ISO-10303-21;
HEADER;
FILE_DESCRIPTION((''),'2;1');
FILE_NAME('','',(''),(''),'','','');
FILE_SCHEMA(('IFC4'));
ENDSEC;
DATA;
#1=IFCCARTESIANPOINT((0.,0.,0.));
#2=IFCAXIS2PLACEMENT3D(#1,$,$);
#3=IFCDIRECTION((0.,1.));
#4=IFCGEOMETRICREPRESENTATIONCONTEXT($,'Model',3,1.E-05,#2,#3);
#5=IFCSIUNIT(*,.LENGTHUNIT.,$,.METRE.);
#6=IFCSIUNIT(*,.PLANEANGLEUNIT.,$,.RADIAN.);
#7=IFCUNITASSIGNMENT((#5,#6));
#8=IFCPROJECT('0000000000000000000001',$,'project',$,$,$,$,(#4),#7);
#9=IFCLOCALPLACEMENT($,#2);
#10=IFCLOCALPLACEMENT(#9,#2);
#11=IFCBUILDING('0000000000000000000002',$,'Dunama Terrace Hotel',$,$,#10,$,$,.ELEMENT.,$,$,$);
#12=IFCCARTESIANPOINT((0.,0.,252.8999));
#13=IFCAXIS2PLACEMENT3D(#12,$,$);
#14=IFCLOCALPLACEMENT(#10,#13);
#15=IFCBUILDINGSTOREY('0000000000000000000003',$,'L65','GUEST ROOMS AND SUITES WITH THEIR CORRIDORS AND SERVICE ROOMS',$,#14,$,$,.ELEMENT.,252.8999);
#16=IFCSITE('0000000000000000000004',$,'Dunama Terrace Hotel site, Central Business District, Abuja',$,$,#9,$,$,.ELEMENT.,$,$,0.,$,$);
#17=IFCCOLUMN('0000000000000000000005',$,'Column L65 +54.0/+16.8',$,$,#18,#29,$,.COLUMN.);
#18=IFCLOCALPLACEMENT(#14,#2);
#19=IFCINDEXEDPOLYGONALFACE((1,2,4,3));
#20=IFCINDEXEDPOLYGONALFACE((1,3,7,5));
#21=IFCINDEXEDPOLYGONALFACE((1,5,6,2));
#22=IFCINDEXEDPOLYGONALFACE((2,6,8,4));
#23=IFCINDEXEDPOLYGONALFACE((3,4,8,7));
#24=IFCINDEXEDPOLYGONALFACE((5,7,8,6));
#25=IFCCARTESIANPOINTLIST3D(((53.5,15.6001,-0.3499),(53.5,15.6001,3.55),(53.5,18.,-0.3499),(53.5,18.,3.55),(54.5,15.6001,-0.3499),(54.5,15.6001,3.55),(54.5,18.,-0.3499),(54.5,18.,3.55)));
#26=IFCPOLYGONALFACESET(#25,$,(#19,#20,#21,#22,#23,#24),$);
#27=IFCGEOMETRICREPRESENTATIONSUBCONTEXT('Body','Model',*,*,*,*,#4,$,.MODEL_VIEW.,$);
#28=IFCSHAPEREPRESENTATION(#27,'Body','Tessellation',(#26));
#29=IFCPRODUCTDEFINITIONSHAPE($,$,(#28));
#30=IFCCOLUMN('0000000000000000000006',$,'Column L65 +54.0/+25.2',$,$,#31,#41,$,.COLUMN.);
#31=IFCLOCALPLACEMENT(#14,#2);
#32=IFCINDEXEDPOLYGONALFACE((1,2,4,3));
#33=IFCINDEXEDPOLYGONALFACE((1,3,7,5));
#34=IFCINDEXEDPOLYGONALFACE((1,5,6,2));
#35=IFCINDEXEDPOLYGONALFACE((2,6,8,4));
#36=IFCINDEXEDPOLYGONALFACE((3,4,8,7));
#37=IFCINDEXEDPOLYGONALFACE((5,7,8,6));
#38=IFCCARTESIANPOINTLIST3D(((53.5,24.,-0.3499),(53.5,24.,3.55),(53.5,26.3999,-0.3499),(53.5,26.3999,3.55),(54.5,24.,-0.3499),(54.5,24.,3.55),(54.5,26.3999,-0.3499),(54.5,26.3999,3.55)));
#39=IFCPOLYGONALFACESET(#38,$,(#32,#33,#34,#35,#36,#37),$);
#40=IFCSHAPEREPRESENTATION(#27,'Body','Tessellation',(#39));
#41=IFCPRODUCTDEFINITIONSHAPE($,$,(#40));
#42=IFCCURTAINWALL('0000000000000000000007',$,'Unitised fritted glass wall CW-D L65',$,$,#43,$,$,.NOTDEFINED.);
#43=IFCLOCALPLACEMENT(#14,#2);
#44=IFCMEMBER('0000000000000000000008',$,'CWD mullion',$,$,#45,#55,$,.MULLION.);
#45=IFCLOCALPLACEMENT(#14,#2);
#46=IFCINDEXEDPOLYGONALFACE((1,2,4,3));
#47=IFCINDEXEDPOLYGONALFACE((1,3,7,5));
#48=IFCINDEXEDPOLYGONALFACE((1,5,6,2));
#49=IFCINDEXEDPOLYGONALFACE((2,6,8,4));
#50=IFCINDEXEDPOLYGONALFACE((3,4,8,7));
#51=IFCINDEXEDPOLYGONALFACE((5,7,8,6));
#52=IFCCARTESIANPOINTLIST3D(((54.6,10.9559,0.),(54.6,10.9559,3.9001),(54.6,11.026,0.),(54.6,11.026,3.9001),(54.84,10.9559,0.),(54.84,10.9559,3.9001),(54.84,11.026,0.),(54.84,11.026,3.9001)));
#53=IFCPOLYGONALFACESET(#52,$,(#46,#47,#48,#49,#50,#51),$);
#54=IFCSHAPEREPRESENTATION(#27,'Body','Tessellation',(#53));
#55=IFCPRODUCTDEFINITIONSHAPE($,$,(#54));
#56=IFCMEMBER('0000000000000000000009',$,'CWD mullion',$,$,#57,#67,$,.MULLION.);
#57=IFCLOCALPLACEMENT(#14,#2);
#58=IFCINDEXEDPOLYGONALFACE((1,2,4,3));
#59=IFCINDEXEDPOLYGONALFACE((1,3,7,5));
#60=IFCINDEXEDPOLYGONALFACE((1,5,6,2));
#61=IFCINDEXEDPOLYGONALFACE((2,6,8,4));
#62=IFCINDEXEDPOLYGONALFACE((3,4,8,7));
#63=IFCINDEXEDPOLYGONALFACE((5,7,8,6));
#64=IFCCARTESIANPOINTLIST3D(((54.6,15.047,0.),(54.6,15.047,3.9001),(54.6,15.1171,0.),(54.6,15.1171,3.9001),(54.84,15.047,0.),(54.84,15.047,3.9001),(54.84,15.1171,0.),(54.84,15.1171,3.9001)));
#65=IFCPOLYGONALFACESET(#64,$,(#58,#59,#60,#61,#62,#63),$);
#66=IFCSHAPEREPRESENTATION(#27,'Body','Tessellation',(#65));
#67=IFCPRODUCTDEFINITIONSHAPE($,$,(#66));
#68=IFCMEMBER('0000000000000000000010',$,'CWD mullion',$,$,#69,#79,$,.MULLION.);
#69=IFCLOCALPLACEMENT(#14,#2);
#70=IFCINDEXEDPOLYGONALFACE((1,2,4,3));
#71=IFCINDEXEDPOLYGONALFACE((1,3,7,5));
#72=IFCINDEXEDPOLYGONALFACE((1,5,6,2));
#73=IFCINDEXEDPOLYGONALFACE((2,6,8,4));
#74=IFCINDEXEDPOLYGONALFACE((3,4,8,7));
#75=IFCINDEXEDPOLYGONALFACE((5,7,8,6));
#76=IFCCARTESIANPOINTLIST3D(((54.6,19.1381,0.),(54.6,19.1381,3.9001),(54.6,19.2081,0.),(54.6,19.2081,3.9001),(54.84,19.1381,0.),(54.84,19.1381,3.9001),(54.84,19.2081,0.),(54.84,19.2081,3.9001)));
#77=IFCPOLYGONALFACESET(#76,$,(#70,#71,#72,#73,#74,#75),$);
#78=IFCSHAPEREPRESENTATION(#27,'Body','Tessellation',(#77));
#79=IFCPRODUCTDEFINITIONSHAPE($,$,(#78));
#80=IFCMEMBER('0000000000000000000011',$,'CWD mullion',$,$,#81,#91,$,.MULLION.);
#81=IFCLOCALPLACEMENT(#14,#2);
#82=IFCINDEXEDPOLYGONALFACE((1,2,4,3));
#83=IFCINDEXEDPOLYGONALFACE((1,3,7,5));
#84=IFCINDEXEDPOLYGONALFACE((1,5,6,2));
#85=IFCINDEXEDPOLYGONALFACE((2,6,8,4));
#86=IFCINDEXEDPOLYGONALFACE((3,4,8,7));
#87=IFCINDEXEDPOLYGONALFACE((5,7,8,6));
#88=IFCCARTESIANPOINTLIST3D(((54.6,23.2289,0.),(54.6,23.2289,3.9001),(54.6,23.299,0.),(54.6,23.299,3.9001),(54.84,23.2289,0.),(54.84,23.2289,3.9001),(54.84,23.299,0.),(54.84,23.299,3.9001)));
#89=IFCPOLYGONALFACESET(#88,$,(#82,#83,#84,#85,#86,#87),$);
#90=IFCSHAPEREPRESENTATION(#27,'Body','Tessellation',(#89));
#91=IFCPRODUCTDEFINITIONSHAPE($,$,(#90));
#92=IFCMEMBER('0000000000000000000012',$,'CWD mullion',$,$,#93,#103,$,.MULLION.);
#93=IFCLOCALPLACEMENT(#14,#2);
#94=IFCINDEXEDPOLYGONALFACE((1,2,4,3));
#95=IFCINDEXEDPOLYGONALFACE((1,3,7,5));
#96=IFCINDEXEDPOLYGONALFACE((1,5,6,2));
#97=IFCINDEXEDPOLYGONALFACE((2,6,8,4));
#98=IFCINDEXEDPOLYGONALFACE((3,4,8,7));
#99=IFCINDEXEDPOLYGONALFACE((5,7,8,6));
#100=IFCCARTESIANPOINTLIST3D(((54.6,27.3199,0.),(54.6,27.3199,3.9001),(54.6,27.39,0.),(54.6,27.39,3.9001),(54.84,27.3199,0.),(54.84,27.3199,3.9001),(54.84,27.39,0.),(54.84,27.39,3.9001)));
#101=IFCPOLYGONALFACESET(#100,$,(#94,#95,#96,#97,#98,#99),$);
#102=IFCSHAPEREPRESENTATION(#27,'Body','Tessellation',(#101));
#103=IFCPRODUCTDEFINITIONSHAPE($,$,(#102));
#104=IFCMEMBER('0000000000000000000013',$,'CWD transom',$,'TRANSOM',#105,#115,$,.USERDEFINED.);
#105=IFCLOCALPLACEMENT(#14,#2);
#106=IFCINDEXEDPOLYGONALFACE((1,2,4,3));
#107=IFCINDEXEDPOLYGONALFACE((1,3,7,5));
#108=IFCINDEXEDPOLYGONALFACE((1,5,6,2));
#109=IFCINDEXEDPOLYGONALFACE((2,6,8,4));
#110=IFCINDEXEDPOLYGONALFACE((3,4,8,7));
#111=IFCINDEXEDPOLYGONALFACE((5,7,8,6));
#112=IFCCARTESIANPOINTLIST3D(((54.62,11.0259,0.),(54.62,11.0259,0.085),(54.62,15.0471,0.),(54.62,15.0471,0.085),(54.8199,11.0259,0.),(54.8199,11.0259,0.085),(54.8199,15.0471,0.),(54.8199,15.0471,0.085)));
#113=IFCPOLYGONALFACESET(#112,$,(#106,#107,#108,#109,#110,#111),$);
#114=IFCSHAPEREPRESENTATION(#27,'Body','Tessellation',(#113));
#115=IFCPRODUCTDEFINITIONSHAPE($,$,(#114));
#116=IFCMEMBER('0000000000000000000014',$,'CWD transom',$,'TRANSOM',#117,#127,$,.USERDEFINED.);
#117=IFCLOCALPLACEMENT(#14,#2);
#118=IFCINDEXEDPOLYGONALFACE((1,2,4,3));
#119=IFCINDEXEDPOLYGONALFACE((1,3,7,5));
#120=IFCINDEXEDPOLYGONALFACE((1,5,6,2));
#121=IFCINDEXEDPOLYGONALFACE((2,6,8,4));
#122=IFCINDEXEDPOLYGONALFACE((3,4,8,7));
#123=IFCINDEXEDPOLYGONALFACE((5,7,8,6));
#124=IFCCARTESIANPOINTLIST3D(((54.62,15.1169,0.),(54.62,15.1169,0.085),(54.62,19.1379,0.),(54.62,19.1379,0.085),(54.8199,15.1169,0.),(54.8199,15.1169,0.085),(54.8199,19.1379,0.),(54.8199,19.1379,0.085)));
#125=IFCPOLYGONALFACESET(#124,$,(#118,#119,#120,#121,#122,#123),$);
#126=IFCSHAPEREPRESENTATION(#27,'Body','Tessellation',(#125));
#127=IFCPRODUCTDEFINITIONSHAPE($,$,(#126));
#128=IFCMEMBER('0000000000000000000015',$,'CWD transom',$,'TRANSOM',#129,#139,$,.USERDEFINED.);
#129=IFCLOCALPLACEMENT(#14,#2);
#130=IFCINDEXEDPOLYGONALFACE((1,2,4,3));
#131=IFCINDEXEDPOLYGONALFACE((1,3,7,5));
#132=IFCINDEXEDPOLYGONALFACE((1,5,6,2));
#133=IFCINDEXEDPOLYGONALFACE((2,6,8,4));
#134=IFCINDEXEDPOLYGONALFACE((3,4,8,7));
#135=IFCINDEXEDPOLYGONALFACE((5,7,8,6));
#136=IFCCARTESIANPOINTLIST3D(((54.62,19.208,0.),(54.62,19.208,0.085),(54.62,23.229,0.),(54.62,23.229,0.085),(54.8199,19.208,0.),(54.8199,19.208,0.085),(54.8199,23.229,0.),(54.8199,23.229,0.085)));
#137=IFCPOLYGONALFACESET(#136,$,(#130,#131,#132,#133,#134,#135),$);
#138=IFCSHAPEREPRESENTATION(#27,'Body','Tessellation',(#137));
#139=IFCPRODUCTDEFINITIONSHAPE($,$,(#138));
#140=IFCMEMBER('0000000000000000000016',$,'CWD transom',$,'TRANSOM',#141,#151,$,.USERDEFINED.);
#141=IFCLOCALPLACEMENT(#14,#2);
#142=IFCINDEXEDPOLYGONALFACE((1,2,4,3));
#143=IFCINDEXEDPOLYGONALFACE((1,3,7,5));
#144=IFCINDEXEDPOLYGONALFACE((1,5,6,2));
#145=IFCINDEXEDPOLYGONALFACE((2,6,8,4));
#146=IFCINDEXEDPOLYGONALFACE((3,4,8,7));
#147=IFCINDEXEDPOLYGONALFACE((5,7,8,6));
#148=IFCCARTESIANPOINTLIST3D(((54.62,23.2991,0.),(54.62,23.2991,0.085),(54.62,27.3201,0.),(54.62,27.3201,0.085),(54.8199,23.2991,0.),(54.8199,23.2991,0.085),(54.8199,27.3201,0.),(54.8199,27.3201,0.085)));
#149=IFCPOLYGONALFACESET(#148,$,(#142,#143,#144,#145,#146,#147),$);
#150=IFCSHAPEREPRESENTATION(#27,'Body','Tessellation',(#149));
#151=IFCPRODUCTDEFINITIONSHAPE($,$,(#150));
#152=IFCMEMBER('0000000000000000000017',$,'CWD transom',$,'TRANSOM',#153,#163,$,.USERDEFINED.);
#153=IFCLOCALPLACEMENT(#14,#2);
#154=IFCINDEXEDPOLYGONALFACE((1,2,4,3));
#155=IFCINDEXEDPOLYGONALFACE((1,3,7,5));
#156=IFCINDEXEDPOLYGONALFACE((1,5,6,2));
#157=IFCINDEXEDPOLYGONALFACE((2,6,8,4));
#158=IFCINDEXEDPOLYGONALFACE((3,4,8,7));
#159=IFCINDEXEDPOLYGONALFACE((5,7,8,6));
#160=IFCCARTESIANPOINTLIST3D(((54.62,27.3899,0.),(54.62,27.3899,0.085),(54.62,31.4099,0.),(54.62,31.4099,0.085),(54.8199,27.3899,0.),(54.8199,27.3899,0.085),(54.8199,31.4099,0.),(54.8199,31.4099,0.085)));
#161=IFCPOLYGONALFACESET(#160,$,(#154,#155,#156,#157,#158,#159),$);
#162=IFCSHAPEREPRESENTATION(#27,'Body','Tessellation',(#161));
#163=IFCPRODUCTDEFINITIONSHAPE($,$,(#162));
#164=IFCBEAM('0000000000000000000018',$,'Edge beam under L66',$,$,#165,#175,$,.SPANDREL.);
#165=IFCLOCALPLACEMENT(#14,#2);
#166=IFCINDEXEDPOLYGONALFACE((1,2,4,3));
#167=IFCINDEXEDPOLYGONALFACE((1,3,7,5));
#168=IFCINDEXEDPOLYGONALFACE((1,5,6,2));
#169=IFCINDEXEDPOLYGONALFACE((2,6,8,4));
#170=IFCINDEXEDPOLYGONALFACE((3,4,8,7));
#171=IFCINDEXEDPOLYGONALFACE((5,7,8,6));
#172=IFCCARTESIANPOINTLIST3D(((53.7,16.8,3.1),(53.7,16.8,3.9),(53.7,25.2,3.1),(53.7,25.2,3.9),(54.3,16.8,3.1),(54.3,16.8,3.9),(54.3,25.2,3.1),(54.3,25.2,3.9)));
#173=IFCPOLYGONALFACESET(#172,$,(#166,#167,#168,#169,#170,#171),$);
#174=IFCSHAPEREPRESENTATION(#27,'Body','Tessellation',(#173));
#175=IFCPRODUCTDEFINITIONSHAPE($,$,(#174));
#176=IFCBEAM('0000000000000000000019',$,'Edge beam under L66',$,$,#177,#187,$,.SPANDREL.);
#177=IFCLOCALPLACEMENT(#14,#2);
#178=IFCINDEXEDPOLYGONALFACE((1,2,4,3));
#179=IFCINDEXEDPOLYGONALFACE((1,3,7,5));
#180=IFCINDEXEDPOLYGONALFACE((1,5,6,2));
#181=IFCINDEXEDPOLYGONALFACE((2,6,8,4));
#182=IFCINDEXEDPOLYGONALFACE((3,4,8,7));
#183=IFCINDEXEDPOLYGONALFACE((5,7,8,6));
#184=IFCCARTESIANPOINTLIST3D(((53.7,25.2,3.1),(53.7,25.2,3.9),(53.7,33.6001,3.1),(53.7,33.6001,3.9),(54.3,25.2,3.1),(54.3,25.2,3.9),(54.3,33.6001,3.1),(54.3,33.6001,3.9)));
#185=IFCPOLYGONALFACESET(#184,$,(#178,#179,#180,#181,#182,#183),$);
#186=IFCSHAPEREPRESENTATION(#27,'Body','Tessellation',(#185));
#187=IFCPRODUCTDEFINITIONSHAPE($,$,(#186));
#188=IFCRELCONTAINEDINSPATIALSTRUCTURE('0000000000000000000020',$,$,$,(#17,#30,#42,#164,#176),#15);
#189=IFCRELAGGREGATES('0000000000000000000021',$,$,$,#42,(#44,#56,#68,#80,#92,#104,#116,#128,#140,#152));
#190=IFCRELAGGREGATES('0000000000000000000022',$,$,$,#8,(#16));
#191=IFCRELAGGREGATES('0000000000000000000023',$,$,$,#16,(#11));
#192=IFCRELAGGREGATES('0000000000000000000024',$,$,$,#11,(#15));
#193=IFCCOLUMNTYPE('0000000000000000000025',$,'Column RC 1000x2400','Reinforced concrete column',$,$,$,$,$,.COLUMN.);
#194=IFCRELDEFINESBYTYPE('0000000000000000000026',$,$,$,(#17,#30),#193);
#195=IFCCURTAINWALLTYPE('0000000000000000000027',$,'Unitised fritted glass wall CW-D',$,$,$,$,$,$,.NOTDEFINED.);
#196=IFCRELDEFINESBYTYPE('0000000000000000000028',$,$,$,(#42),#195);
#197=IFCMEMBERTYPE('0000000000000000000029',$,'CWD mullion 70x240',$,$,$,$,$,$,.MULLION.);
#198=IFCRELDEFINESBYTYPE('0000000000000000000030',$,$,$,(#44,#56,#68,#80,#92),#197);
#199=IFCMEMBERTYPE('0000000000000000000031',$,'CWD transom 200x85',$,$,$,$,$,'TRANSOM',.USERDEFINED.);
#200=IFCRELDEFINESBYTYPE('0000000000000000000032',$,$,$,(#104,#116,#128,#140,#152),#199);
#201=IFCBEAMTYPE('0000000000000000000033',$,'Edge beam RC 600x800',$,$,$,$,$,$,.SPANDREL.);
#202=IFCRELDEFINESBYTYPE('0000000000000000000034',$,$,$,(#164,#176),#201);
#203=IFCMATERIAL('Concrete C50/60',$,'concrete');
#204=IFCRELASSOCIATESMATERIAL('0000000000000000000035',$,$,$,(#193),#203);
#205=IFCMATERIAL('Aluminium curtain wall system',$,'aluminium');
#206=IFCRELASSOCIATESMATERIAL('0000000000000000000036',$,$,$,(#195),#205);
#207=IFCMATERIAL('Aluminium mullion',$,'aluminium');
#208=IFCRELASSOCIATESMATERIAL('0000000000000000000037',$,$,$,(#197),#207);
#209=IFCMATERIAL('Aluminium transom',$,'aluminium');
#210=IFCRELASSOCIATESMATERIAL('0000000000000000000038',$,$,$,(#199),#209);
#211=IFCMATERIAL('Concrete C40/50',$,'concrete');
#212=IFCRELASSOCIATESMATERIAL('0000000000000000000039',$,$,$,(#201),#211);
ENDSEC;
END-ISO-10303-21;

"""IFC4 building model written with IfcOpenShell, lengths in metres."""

from ifc_helpers import new_model, si_unit, direction, frame, origin, origin_2d, place, context, subcontext, project, spatial, rectangle, extrude, material, material_profile, profile_set, type_object, element, aggregate, save


model = new_model("IFC4")

# Units and contexts
model_context = context("Model", 3, precision=1e-05, world=origin(), true_north=direction((0.0, 1.0)))
body_context = subcontext(model_context, "Body", "Model", "MODEL_VIEW")
ifc_project = project(units=[si_unit("LENGTHUNIT", "METRE"), si_unit("PLANEANGLEUNIT", "RADIAN")], contexts=[model_context])

# Site, building, storey
site_placement = place(None, origin())
site = spatial("IfcSite", under=ifc_project, at=site_placement, Name="Dunama Terrace Hotel site, Central Business District, Abuja", CompositionType="ELEMENT", RefElevation=0.0)
building_placement = place(site_placement, origin())
building = spatial("IfcBuilding", under=site, at=building_placement, Name="Dunama Terrace Hotel", CompositionType="ELEMENT")
storey_placement = place(building_placement, frame((0.0, 0.0, 252.8999)))
storey = spatial("IfcBuildingStorey", under=building, at=storey_placement, Name="L65", Description="GUEST ROOMS AND SUITES WITH THEIR CORRIDORS AND SERVICE ROOMS", CompositionType="ELEMENT", Elevation=252.8999)

# Columns
ifc_material_1 = material(Name="Concrete C50/60", Category="concrete")
ifc_material_profile_1 = material_profile(ifc_material_1, rectangle(XDim=1.0, YDim=2.3999, at=origin_2d()), Name="RC 1000x2400")
ifc_profile_set_1 = profile_set([ifc_material_profile_1], Name="Concrete C50/60")
column_type = type_object("IfcColumnType", Name="Column RC 1000x2400", Description="Reinforced concrete column", PredefinedType="COLUMN", material=ifc_profile_set_1)
for number, where, z_axis, x_axis, name in (
    (1, (54.0, 16.8, -0.3499), (0.0, 0.0, 1.0), (1.0, 0.0, 0.0), "Column L65 +54.0/+16.8"),
    (2, (54.0, 25.2, -0.3499), (0.0, 0.0, 1.0), (1.0, 0.0, 0.0), "Column L65 +54.0/+25.2"),
):
    element("IfcColumn", number, at=place(storey_placement, frame(where, z_axis=z_axis, x_axis=x_axis)), inside=storey, type_object=column_type, Name=name, PredefinedType="COLUMN", context=body_context, shape_type="SweptSolid", body=[
        extrude(rectangle(XDim=1.0, YDim=2.3999, at=origin_2d()), origin(), (0.0, 0.0, 1.0), 3.8999),
    ])

# Curtain wall, members
ifc_material_2 = material(Name="Aluminium curtain wall system", Category="aluminium")
curtain_wall_type = type_object("IfcCurtainWallType", Name="Unitised fritted glass wall CW-D", PredefinedType="NOTDEFINED", material=ifc_material_2)
curtain_wall_placement = place(storey_placement, origin())
curtain_wall = element("IfcCurtainWall", 3, at=curtain_wall_placement, inside=storey, type_object=curtain_wall_type, Name="Unitised fritted glass wall CW-D L65", PredefinedType="NOTDEFINED")
ifc_material_3 = material(Name="Aluminium mullion", Category="aluminium")
ifc_material_profile_2 = material_profile(ifc_material_3, rectangle(XDim=0.0701, YDim=0.24, at=origin_2d()), Name="CWD MULLION 70X240")
ifc_profile_set_2 = profile_set([ifc_material_profile_2], Name="Aluminium mullion")
member_type_1 = type_object("IfcMemberType", Name="CWD mullion 70x240", PredefinedType="MULLION", material=ifc_profile_set_2)
member_1_placement = place(storey_placement, frame((54.72, 10.991, 0.0), z_axis=(0.0, 0.0, 1.0), x_axis=(0.0, 1.0, 0.0)))
member_1 = element("IfcMember", 4, at=member_1_placement, type_object=member_type_1, Name="CWD mullion", PredefinedType="MULLION", context=body_context, shape_type="SweptSolid", body=[
    extrude(rectangle(XDim=0.0701, YDim=0.24, at=origin_2d()), origin(), (0.0, 0.0, 1.0), 3.9001),
])
member_2_placement = place(storey_placement, frame((54.72, 15.082, 0.0), z_axis=(0.0, 0.0, 1.0), x_axis=(0.0, 1.0, 0.0)))
member_2 = element("IfcMember", 5, at=member_2_placement, type_object=member_type_1, Name="CWD mullion", PredefinedType="MULLION", context=body_context, shape_type="SweptSolid", body=[
    extrude(rectangle(XDim=0.0701, YDim=0.24, at=origin_2d()), origin(), (0.0, 0.0, 1.0), 3.9001),
])
member_3_placement = place(storey_placement, frame((54.72, 19.1731, 0.0), z_axis=(0.0, 0.0, 1.0), x_axis=(0.0, 1.0, 0.0)))
member_3 = element("IfcMember", 6, at=member_3_placement, type_object=member_type_1, Name="CWD mullion", PredefinedType="MULLION", context=body_context, shape_type="SweptSolid", body=[
    extrude(rectangle(XDim=0.0701, YDim=0.24, at=origin_2d()), origin(), (0.0, 0.0, 1.0), 3.9001),
])
member_4_placement = place(storey_placement, frame((54.72, 23.2639, 0.0), z_axis=(0.0, 0.0, 1.0), x_axis=(0.0, 1.0, 0.0)))
member_4 = element("IfcMember", 7, at=member_4_placement, type_object=member_type_1, Name="CWD mullion", PredefinedType="MULLION", context=body_context, shape_type="SweptSolid", body=[
    extrude(rectangle(XDim=0.0701, YDim=0.24, at=origin_2d()), origin(), (0.0, 0.0, 1.0), 3.9001),
])
member_5_placement = place(storey_placement, frame((54.72, 27.355, 0.0), z_axis=(0.0, 0.0, 1.0), x_axis=(0.0, 1.0, 0.0)))
member_5 = element("IfcMember", 8, at=member_5_placement, type_object=member_type_1, Name="CWD mullion", PredefinedType="MULLION", context=body_context, shape_type="SweptSolid", body=[
    extrude(rectangle(XDim=0.0701, YDim=0.24, at=origin_2d()), origin(), (0.0, 0.0, 1.0), 3.9001),
])
ifc_material_4 = material(Name="Aluminium transom", Category="aluminium")
ifc_material_profile_3 = material_profile(ifc_material_4, rectangle(XDim=0.2, YDim=0.085, at=origin_2d()), Name="CWD TRANSOM 200X85")
ifc_profile_set_3 = profile_set([ifc_material_profile_3], Name="Aluminium transom")
member_type_2 = type_object("IfcMemberType", Name="CWD transom 200x85", ElementType="TRANSOM", PredefinedType="USERDEFINED", material=ifc_profile_set_3)
member_6_placement = place(storey_placement, frame((54.72, 11.0259, 0.0425), z_axis=(0.0, 1.0, 0.0), x_axis=(-1.0, 0.0, 0.0)))
member_6 = element("IfcMember", 9, at=member_6_placement, type_object=member_type_2, Name="CWD transom", ObjectType="TRANSOM", PredefinedType="USERDEFINED", context=body_context, shape_type="SweptSolid", body=[
    extrude(rectangle(XDim=0.2, YDim=0.085, at=origin_2d()), origin(), (0.0, 0.0, 1.0), 4.0212),
])
member_7_placement = place(storey_placement, frame((54.72, 15.1169, 0.0425), z_axis=(0.0, 1.0, 0.0), x_axis=(-1.0, 0.0, 0.0)))
member_7 = element("IfcMember", 10, at=member_7_placement, type_object=member_type_2, Name="CWD transom", ObjectType="TRANSOM", PredefinedType="USERDEFINED", context=body_context, shape_type="SweptSolid", body=[
    extrude(rectangle(XDim=0.2, YDim=0.085, at=origin_2d()), origin(), (0.0, 0.0, 1.0), 4.021),
])
member_8_placement = place(storey_placement, frame((54.72, 19.208, 0.0425), z_axis=(0.0, 1.0, 0.0), x_axis=(-1.0, 0.0, 0.0)))
member_8 = element("IfcMember", 11, at=member_8_placement, type_object=member_type_2, Name="CWD transom", ObjectType="TRANSOM", PredefinedType="USERDEFINED", context=body_context, shape_type="SweptSolid", body=[
    extrude(rectangle(XDim=0.2, YDim=0.085, at=origin_2d()), origin(), (0.0, 0.0, 1.0), 4.021),
])
member_9_placement = place(storey_placement, frame((54.72, 23.2991, 0.0425), z_axis=(0.0, 1.0, 0.0), x_axis=(-1.0, 0.0, 0.0)))
member_9 = element("IfcMember", 12, at=member_9_placement, type_object=member_type_2, Name="CWD transom", ObjectType="TRANSOM", PredefinedType="USERDEFINED", context=body_context, shape_type="SweptSolid", body=[
    extrude(rectangle(XDim=0.2, YDim=0.085, at=origin_2d()), origin(), (0.0, 0.0, 1.0), 4.021),
])
member_10_placement = place(storey_placement, frame((54.72, 27.3899, 0.0425), z_axis=(0.0, 1.0, 0.0), x_axis=(-1.0, 0.0, 0.0)))
member_10 = element("IfcMember", 13, at=member_10_placement, type_object=member_type_2, Name="CWD transom", ObjectType="TRANSOM", PredefinedType="USERDEFINED", context=body_context, shape_type="SweptSolid", body=[
    extrude(rectangle(XDim=0.2, YDim=0.085, at=origin_2d()), origin(), (0.0, 0.0, 1.0), 4.02),
])

# Beams
ifc_material_5 = material(Name="Concrete C40/50", Category="concrete")
ifc_material_profile_4 = material_profile(ifc_material_5, rectangle(XDim=0.6001, YDim=0.8, at=origin_2d()), Name="RC 600x800")
ifc_profile_set_4 = profile_set([ifc_material_profile_4], Name="Concrete C40/50")
beam_type = type_object("IfcBeamType", Name="Edge beam RC 600x800", PredefinedType="SPANDREL", material=ifc_profile_set_4)
beam_1_placement = place(storey_placement, frame((54.0, 16.8, 3.5), z_axis=(0.0, 1.0, 0.0), x_axis=(-1.0, 0.0, 0.0)))
element("IfcBeam", 14, at=beam_1_placement, inside=storey, type_object=beam_type, Name="Edge beam under L66", PredefinedType="SPANDREL", context=body_context, shape_type="SweptSolid", body=[
    extrude(rectangle(XDim=0.6001, YDim=0.8, at=origin_2d()), origin(), (0.0, 0.0, 1.0), 8.3999),
])
beam_2_placement = place(storey_placement, frame((54.0, 25.2, 3.5), z_axis=(0.0, 1.0, 0.0), x_axis=(-1.0, 0.0, 0.0)))
element("IfcBeam", 15, at=beam_2_placement, inside=storey, type_object=beam_type, Name="Edge beam under L66", PredefinedType="SPANDREL", context=body_context, shape_type="SweptSolid", body=[
    extrude(rectangle(XDim=0.6001, YDim=0.8, at=origin_2d()), origin(), (0.0, 0.0, 1.0), 8.4001),
])

aggregate(curtain_wall, [member_1, member_2, member_3, member_4, member_5, member_6, member_7, member_8, member_9, member_10])

save(model, "model.ifc")
